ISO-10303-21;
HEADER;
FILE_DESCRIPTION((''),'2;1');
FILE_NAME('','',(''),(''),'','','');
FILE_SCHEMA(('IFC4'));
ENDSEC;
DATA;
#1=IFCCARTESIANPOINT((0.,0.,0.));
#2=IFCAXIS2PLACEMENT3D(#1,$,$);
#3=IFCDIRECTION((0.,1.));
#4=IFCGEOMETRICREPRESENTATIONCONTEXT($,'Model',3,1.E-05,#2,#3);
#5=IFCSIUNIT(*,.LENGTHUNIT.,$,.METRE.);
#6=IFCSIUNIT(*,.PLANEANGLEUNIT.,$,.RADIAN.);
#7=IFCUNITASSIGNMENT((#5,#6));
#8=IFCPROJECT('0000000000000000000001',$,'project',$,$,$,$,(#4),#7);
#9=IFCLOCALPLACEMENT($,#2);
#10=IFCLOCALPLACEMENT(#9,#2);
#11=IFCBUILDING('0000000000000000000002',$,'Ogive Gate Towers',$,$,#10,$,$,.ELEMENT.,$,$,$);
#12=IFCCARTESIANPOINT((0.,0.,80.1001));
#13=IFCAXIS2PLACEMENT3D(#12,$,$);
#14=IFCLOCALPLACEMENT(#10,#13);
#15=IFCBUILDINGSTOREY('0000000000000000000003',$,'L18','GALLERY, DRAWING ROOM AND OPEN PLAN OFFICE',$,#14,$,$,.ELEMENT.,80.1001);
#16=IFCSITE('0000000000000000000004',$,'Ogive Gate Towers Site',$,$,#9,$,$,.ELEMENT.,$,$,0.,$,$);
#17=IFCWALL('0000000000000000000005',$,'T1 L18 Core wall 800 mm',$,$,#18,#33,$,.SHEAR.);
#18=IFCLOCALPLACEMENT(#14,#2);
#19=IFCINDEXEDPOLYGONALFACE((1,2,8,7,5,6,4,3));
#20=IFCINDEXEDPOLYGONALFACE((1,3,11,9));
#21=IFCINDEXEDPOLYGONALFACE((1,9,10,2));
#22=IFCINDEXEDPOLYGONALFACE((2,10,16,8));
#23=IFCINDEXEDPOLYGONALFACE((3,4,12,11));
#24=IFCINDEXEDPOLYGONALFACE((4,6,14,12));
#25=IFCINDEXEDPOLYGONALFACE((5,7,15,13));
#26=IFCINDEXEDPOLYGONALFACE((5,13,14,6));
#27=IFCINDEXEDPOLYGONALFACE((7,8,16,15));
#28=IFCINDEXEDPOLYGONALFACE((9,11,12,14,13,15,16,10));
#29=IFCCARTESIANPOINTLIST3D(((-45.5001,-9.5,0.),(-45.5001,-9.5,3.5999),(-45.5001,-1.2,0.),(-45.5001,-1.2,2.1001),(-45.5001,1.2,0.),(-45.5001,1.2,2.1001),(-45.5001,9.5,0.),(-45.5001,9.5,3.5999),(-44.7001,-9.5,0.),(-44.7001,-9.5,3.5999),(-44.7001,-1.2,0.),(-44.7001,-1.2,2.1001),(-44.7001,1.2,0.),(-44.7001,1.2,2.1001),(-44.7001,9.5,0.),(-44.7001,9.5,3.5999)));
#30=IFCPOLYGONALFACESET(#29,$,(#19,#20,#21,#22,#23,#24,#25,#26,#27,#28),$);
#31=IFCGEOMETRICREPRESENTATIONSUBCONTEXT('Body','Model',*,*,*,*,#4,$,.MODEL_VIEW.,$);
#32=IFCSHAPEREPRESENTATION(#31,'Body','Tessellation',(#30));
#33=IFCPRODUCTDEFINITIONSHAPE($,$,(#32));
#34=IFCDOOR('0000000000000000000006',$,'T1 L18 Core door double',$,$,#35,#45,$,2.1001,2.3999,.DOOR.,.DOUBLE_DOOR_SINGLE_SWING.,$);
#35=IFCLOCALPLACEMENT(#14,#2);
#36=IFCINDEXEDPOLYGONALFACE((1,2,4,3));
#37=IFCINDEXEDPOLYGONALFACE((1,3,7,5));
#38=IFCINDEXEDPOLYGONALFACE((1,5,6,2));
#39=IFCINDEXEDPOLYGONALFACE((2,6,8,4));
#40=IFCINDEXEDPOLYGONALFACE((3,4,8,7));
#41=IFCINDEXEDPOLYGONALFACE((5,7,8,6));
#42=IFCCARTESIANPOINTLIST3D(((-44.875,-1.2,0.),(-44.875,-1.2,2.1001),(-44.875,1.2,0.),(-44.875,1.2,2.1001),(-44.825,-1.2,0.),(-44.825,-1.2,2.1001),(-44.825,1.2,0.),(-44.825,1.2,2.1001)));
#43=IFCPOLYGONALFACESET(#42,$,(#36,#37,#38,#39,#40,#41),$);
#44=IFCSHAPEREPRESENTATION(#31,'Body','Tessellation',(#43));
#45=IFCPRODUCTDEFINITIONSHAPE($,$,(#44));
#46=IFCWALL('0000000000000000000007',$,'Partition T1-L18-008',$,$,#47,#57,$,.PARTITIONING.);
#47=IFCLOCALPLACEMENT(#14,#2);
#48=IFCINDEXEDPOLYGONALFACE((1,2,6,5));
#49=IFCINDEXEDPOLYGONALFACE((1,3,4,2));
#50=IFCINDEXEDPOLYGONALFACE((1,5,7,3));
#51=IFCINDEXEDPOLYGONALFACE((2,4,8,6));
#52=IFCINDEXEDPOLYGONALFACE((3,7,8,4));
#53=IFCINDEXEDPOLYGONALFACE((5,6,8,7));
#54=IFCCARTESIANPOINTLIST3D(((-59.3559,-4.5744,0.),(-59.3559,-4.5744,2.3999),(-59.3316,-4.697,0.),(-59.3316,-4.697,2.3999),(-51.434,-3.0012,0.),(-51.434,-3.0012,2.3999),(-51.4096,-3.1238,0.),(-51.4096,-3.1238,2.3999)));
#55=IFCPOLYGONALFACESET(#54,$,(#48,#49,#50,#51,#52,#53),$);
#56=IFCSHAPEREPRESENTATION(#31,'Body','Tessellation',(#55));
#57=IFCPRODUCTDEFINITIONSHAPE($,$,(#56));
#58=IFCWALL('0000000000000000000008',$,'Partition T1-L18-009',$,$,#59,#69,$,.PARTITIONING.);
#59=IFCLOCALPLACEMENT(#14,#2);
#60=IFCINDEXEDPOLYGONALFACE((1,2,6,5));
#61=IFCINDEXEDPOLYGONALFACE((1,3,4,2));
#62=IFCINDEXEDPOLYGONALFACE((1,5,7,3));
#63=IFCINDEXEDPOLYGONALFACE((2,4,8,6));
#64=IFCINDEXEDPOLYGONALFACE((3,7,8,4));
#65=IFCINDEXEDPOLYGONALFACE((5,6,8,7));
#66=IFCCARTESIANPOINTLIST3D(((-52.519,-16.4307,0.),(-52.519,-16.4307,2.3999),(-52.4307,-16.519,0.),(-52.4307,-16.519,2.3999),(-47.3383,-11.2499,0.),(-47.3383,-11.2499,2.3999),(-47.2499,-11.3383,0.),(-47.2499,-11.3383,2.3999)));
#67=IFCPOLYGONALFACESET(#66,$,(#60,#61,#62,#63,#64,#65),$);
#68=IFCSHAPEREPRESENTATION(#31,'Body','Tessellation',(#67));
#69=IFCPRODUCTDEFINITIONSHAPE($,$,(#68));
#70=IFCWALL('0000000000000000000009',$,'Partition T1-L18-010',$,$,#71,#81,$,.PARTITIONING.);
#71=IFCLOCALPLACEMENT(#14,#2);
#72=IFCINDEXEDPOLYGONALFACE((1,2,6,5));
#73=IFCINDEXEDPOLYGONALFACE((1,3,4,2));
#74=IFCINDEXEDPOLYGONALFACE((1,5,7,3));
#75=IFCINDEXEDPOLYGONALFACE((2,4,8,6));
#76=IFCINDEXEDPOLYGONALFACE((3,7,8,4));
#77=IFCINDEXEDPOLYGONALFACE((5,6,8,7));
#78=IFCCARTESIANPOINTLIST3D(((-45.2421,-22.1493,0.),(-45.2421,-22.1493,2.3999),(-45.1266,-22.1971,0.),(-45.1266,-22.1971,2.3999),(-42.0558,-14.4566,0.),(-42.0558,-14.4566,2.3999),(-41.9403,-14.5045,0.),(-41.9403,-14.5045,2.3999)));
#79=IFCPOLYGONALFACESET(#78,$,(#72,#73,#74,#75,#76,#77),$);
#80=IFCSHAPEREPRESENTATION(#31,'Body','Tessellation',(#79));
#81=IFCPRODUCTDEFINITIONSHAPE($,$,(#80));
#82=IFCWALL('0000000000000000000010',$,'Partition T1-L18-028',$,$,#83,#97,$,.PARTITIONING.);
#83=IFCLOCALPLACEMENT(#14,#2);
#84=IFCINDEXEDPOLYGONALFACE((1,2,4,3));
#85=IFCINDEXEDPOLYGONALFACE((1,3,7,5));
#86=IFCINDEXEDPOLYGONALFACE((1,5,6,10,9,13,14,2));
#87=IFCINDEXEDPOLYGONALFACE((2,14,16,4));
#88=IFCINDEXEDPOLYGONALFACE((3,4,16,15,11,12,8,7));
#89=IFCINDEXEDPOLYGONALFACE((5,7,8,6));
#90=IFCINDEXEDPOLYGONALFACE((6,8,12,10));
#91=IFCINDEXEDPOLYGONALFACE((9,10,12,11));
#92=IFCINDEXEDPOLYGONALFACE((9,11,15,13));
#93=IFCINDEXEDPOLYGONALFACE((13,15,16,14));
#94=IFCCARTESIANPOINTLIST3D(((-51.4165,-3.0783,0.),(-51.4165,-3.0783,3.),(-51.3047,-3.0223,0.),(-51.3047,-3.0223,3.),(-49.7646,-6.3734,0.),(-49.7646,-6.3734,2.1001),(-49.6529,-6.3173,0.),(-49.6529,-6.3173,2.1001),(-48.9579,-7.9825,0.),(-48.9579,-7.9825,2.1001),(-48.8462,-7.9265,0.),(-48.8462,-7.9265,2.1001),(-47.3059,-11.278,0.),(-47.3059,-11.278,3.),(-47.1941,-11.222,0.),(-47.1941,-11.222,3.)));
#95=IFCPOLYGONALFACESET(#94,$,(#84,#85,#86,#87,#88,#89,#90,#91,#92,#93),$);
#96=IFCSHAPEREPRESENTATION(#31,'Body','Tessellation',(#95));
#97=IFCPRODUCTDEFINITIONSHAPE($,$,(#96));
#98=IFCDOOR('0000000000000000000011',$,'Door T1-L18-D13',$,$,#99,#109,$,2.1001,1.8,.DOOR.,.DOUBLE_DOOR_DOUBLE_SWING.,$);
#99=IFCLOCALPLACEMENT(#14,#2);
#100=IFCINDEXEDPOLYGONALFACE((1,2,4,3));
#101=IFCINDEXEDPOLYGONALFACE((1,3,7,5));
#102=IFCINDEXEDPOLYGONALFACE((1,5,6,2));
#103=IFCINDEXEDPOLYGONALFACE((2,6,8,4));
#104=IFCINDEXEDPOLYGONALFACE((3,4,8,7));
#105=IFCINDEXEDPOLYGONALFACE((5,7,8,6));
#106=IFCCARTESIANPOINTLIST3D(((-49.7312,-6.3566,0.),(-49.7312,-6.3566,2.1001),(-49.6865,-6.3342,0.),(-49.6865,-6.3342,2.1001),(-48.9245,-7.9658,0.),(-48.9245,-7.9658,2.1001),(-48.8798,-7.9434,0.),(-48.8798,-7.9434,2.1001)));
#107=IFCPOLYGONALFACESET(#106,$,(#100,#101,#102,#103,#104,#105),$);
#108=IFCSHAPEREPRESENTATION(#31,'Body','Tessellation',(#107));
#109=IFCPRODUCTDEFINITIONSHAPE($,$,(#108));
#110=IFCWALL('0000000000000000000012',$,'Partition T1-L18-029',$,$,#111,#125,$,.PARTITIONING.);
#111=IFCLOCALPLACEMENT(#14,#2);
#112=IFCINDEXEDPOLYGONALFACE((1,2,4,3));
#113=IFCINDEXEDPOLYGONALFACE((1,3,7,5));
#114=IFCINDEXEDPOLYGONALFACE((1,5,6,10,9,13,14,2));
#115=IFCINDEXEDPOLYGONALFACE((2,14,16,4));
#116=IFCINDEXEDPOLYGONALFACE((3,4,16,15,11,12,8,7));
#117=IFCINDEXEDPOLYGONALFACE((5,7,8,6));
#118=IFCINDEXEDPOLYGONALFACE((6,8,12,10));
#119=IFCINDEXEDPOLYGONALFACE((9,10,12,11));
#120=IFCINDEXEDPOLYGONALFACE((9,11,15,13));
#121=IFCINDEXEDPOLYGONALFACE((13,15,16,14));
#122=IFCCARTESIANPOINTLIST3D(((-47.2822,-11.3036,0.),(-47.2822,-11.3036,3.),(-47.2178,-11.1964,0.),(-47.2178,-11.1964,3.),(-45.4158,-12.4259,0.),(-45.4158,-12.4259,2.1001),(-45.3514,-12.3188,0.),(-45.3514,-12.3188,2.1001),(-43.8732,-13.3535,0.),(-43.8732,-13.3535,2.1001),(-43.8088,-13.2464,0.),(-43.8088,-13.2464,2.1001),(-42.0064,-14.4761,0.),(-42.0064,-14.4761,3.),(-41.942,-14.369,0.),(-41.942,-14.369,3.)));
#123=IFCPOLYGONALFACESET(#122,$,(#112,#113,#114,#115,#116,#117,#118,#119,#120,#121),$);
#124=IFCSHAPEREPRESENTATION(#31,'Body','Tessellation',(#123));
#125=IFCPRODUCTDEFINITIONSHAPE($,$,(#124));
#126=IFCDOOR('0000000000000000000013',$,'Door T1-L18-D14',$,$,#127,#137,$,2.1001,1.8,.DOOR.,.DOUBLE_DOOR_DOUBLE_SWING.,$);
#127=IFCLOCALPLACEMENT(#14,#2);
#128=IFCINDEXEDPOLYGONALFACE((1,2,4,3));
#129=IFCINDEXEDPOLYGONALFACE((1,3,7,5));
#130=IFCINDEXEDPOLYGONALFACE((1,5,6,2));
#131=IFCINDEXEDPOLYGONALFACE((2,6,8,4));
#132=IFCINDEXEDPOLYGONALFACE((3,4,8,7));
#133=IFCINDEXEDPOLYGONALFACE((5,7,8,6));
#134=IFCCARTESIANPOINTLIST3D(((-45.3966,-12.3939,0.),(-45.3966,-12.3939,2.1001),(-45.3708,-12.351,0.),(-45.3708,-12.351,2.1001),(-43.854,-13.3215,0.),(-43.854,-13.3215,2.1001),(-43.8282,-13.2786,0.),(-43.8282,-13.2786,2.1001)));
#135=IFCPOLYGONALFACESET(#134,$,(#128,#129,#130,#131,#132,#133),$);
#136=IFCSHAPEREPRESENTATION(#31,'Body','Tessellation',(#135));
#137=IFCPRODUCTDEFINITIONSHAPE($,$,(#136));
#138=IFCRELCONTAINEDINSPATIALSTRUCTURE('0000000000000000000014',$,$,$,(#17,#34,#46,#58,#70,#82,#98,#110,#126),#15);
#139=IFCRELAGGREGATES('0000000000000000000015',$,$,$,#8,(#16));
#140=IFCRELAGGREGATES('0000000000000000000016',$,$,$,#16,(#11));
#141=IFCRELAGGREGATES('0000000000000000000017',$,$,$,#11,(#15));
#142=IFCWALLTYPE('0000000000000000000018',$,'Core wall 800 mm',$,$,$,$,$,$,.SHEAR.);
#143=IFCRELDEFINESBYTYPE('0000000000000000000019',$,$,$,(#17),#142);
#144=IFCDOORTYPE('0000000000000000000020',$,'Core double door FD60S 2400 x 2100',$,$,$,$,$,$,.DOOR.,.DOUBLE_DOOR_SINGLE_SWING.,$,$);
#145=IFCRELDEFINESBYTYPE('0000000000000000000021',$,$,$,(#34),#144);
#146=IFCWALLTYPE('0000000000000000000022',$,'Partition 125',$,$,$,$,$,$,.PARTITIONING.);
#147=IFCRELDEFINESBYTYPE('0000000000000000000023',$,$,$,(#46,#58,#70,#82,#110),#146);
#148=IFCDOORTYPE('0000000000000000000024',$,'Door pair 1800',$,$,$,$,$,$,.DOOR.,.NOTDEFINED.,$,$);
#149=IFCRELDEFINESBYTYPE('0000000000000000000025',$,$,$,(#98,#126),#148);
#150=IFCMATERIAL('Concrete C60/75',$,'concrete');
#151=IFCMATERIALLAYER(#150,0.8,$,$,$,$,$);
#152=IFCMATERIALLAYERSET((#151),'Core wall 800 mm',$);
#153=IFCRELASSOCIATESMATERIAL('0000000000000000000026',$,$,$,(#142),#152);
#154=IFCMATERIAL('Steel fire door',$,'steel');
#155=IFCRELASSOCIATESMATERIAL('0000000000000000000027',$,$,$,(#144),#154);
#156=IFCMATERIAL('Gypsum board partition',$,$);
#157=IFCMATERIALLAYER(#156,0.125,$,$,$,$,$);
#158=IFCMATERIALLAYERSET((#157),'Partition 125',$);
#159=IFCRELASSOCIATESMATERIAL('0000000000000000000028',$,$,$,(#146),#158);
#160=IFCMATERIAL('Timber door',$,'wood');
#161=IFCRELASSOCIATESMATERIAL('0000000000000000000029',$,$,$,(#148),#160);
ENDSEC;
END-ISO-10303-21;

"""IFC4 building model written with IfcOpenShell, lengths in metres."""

from ifc_helpers import new_model, si_unit, direction, frame, frame_2d, origin, place, context, subcontext, project, spatial, rectangle, extrude, material, layer, layer_set, type_object, element, fill, save


model = new_model("IFC4")

# Units and contexts
model_context = context("Model", 3, precision=1e-05, world=origin(), true_north=direction((0.0, 1.0)))
body_context = subcontext(model_context, "Body", "Model", "MODEL_VIEW")
ifc_project = project(units=[si_unit("LENGTHUNIT", "METRE"), si_unit("PLANEANGLEUNIT", "RADIAN")], contexts=[model_context])

# Site, building, storey
site_placement = place(None, origin())
site = spatial("IfcSite", under=ifc_project, at=site_placement, Name="Ogive Gate Towers Site", CompositionType="ELEMENT", RefElevation=0.0)
building_placement = place(site_placement, origin())
building = spatial("IfcBuilding", under=site, at=building_placement, Name="Ogive Gate Towers", CompositionType="ELEMENT")
storey_placement = place(building_placement, frame((0.0, 0.0, 80.1001)))
storey = spatial("IfcBuildingStorey", under=building, at=storey_placement, Name="L18", Description="GALLERY, DRAWING ROOM AND OPEN PLAN OFFICE", CompositionType="ELEMENT", Elevation=80.1001)

# Shared definitions
ifc_material_1 = material(Name="Concrete C60/75", Category="concrete")
ifc_layer_1 = layer(ifc_material_1, 0.8)
ifc_layer_set_1 = layer_set([ifc_layer_1], Name="Core wall 800 mm")
wall_type_1 = type_object("IfcWallType", Name="Core wall 800 mm", PredefinedType="SHEAR", material=ifc_layer_set_1)
ifc_material_2 = material(Name="Timber door", Category="wood")
ifc_material_3 = material(Name="Steel fire door", Category="steel")

# Wall, opening, door
wall_1_placement = place(storey_placement, frame((-45.1001, -9.5, 0.0), z_axis=(0.0, 0.0, 1.0), x_axis=(0.0, 1.0, 0.0)))
wall_1 = element("IfcWall", 1, at=wall_1_placement, inside=storey, type_object=wall_type_1, Name="T1 L18 Core wall 800 mm", PredefinedType="SHEAR", context=body_context, shape_type="SweptSolid", body=[
    extrude(rectangle(XDim=19.0, YDim=0.8, at=frame_2d((9.5, 0.0))), origin(), (0.0, 0.0, 1.0), 3.5999),
])
opening_1_placement = place(wall_1_placement, frame((8.3, 0.0, 0.0)))
opening_1 = element("IfcOpeningElement", 2, at=opening_1_placement, cuts=wall_1, PredefinedType="OPENING", context=body_context, shape_type="SweptSolid", body=[
    extrude(rectangle(XDim=2.3999, YDim=2.1001, at=frame_2d((1.2, 1.05))), frame((0.0, 0.4102, 0.0), z_axis=(0.0, -1.0, 0.0), x_axis=(1.0, 0.0, 0.0)), (0.0, 0.0, 1.0), 0.8201),
])
door_type_1 = type_object("IfcDoorType", Name="Core double door FD60S 2400 x 2100", OperationType="DOUBLE_DOOR_SINGLE_SWING", PredefinedType="DOOR", material=ifc_material_3)
door_1_placement = place(opening_1_placement, origin())
door_1 = element("IfcDoor", 3, at=door_1_placement, inside=storey, type_object=door_type_1, Name="T1 L18 Core door double", OperationType="DOUBLE_DOOR_SINGLE_SWING", OverallHeight=2.1001, OverallWidth=2.3999, PredefinedType="DOOR", context=body_context, shape_type="SweptSolid", body=[
    extrude(rectangle(XDim=2.3999, YDim=2.1001, at=frame_2d((1.2, 1.05))), frame((0.0, -0.2251, 0.0), z_axis=(0.0, -1.0, 0.0), x_axis=(1.0, 0.0, 0.0)), (0.0, 0.0, 1.0), 0.05),
])
fill(opening_1, door_1)

# Walls
ifc_material_4 = material(Name="Gypsum board partition")
ifc_layer_2 = layer(ifc_material_4, 0.125)
ifc_layer_set_2 = layer_set([ifc_layer_2], Name="Partition 125")
wall_type_2 = type_object("IfcWallType", Name="Partition 125", PredefinedType="PARTITIONING", material=ifc_layer_set_2)
wall_2_placement = place(storey_placement, frame((-59.3438, -4.6357, 0.0), z_axis=(0.0, 0.0, 1.0), x_axis=(0.980845, 0.194791, 0.0)))
element("IfcWall", 4, at=wall_2_placement, inside=storey, type_object=wall_type_2, Name="Partition T1-L18-008", PredefinedType="PARTITIONING", context=body_context, shape_type="SweptSolid", body=[
    extrude(rectangle(XDim=8.0767, YDim=0.125, at=frame_2d((4.0383, 0.0))), origin(), (0.0, 0.0, 1.0), 2.3999),
])
wall_3_placement = place(storey_placement, frame((-52.4749, -16.4749, 0.0), z_axis=(0.0, 0.0, 1.0), x_axis=(0.707107, 0.707107, 0.0)))
element("IfcWall", 5, at=wall_3_placement, inside=storey, type_object=wall_type_2, Name="Partition T1-L18-009", PredefinedType="PARTITIONING", context=body_context, shape_type="SweptSolid", body=[
    extrude(rectangle(XDim=7.3267, YDim=0.125, at=frame_2d((3.6633, 0.0))), origin(), (0.0, 0.0, 1.0), 2.3999),
])
wall_4_placement = place(storey_placement, frame((-45.1843, -22.1731, 0.0), z_axis=(0.0, 0.0, 1.0), x_axis=(0.382672, 0.923884, 0.0)))
element("IfcWall", 6, at=wall_4_placement, inside=storey, type_object=wall_type_2, Name="Partition T1-L18-010", PredefinedType="PARTITIONING", context=body_context, shape_type="SweptSolid", body=[
    extrude(rectangle(XDim=8.3264, YDim=0.125, at=frame_2d((4.1631, 0.0))), origin(), (0.0, 0.0, 1.0), 2.3999),
])

# Walls, openings, doors
wall_5_placement = place(storey_placement, frame((-51.3606, -3.0503, 0.0), z_axis=(0.0, 0.0, 1.0), x_axis=(0.44815, -0.893958, 0.0)))
wall_5 = element("IfcWall", 7, at=wall_5_placement, inside=storey, type_object=wall_type_2, Name="Partition T1-L18-028", PredefinedType="PARTITIONING", context=body_context, shape_type="SweptSolid", body=[
    extrude(rectangle(XDim=9.1724, YDim=0.125, at=frame_2d((4.5862, 0.0))), origin(), (0.0, 0.0, 1.0), 3.0),
])
opening_2_placement = place(wall_5_placement, frame((3.686, 0.0, 0.0)))
opening_2 = element("IfcOpeningElement", 8, at=opening_2_placement, cuts=wall_5, PredefinedType="OPENING", context=body_context, shape_type="SweptSolid", body=[
    extrude(rectangle(XDim=1.8, YDim=2.1001, at=frame_2d((0.8999, 1.05))), frame((0.0, 0.0725, 0.0), z_axis=(0.0, -1.0, 0.0), x_axis=(1.0, 0.0, 0.0)), (0.0, 0.0, 1.0), 0.145),
])
door_type_2 = type_object("IfcDoorType", Name="Door pair 1800", OperationType="NOTDEFINED", PredefinedType="DOOR", material=ifc_material_2)
door_2_placement = place(opening_2_placement, origin())
door_2 = element("IfcDoor", 9, at=door_2_placement, inside=storey, type_object=door_type_2, Name="Door T1-L18-D13", OperationType="DOUBLE_DOOR_DOUBLE_SWING", OverallHeight=2.1001, OverallWidth=1.8, PredefinedType="DOOR", context=body_context, shape_type="SweptSolid", body=[
    extrude(rectangle(XDim=1.8, YDim=2.1001, at=frame_2d((0.8999, 1.05))), frame((0.0, 0.0249, 0.0), z_axis=(0.0, -1.0, 0.0), x_axis=(1.0, 0.0, 0.0)), (0.0, 0.0, 1.0), 0.05),
])
fill(opening_2, door_2)
wall_6_placement = place(storey_placement, frame((-47.25, -11.25, 0.0), z_axis=(0.0, 0.0, 1.0), x_axis=(0.856985, -0.515341, 0.0)))
wall_6 = element("IfcWall", 10, at=wall_6_placement, inside=storey, type_object=wall_type_2, Name="Partition T1-L18-029", PredefinedType="PARTITIONING", context=body_context, shape_type="SweptSolid", body=[
    extrude(rectangle(XDim=6.1562, YDim=0.125, at=frame_2d((3.0781, 0.0))), origin(), (0.0, 0.0, 1.0), 3.0),
])
opening_3_placement = place(wall_6_placement, frame((2.178, 0.0, 0.0)))
opening_3 = element("IfcOpeningElement", 11, at=opening_3_placement, cuts=wall_6, PredefinedType="OPENING", context=body_context, shape_type="SweptSolid", body=[
    extrude(rectangle(XDim=1.8, YDim=2.1001, at=frame_2d((0.8999, 1.05))), frame((0.0, 0.0725, 0.0), z_axis=(0.0, -1.0, 0.0), x_axis=(1.0, 0.0, 0.0)), (0.0, 0.0, 1.0), 0.145),
])
door_3_placement = place(opening_3_placement, origin())
door_3 = element("IfcDoor", 12, at=door_3_placement, inside=storey, type_object=door_type_2, Name="Door T1-L18-D14", OperationType="DOUBLE_DOOR_DOUBLE_SWING", OverallHeight=2.1001, OverallWidth=1.8, PredefinedType="DOOR", context=body_context, shape_type="SweptSolid", body=[
    extrude(rectangle(XDim=1.8, YDim=2.1001, at=frame_2d((0.8999, 1.05))), frame((0.0, 0.0249, 0.0), z_axis=(0.0, -1.0, 0.0), x_axis=(1.0, 0.0, 0.0)), (0.0, 0.0, 1.0), 0.05),
])
fill(opening_3, door_3)

save(model, "model.ifc")
